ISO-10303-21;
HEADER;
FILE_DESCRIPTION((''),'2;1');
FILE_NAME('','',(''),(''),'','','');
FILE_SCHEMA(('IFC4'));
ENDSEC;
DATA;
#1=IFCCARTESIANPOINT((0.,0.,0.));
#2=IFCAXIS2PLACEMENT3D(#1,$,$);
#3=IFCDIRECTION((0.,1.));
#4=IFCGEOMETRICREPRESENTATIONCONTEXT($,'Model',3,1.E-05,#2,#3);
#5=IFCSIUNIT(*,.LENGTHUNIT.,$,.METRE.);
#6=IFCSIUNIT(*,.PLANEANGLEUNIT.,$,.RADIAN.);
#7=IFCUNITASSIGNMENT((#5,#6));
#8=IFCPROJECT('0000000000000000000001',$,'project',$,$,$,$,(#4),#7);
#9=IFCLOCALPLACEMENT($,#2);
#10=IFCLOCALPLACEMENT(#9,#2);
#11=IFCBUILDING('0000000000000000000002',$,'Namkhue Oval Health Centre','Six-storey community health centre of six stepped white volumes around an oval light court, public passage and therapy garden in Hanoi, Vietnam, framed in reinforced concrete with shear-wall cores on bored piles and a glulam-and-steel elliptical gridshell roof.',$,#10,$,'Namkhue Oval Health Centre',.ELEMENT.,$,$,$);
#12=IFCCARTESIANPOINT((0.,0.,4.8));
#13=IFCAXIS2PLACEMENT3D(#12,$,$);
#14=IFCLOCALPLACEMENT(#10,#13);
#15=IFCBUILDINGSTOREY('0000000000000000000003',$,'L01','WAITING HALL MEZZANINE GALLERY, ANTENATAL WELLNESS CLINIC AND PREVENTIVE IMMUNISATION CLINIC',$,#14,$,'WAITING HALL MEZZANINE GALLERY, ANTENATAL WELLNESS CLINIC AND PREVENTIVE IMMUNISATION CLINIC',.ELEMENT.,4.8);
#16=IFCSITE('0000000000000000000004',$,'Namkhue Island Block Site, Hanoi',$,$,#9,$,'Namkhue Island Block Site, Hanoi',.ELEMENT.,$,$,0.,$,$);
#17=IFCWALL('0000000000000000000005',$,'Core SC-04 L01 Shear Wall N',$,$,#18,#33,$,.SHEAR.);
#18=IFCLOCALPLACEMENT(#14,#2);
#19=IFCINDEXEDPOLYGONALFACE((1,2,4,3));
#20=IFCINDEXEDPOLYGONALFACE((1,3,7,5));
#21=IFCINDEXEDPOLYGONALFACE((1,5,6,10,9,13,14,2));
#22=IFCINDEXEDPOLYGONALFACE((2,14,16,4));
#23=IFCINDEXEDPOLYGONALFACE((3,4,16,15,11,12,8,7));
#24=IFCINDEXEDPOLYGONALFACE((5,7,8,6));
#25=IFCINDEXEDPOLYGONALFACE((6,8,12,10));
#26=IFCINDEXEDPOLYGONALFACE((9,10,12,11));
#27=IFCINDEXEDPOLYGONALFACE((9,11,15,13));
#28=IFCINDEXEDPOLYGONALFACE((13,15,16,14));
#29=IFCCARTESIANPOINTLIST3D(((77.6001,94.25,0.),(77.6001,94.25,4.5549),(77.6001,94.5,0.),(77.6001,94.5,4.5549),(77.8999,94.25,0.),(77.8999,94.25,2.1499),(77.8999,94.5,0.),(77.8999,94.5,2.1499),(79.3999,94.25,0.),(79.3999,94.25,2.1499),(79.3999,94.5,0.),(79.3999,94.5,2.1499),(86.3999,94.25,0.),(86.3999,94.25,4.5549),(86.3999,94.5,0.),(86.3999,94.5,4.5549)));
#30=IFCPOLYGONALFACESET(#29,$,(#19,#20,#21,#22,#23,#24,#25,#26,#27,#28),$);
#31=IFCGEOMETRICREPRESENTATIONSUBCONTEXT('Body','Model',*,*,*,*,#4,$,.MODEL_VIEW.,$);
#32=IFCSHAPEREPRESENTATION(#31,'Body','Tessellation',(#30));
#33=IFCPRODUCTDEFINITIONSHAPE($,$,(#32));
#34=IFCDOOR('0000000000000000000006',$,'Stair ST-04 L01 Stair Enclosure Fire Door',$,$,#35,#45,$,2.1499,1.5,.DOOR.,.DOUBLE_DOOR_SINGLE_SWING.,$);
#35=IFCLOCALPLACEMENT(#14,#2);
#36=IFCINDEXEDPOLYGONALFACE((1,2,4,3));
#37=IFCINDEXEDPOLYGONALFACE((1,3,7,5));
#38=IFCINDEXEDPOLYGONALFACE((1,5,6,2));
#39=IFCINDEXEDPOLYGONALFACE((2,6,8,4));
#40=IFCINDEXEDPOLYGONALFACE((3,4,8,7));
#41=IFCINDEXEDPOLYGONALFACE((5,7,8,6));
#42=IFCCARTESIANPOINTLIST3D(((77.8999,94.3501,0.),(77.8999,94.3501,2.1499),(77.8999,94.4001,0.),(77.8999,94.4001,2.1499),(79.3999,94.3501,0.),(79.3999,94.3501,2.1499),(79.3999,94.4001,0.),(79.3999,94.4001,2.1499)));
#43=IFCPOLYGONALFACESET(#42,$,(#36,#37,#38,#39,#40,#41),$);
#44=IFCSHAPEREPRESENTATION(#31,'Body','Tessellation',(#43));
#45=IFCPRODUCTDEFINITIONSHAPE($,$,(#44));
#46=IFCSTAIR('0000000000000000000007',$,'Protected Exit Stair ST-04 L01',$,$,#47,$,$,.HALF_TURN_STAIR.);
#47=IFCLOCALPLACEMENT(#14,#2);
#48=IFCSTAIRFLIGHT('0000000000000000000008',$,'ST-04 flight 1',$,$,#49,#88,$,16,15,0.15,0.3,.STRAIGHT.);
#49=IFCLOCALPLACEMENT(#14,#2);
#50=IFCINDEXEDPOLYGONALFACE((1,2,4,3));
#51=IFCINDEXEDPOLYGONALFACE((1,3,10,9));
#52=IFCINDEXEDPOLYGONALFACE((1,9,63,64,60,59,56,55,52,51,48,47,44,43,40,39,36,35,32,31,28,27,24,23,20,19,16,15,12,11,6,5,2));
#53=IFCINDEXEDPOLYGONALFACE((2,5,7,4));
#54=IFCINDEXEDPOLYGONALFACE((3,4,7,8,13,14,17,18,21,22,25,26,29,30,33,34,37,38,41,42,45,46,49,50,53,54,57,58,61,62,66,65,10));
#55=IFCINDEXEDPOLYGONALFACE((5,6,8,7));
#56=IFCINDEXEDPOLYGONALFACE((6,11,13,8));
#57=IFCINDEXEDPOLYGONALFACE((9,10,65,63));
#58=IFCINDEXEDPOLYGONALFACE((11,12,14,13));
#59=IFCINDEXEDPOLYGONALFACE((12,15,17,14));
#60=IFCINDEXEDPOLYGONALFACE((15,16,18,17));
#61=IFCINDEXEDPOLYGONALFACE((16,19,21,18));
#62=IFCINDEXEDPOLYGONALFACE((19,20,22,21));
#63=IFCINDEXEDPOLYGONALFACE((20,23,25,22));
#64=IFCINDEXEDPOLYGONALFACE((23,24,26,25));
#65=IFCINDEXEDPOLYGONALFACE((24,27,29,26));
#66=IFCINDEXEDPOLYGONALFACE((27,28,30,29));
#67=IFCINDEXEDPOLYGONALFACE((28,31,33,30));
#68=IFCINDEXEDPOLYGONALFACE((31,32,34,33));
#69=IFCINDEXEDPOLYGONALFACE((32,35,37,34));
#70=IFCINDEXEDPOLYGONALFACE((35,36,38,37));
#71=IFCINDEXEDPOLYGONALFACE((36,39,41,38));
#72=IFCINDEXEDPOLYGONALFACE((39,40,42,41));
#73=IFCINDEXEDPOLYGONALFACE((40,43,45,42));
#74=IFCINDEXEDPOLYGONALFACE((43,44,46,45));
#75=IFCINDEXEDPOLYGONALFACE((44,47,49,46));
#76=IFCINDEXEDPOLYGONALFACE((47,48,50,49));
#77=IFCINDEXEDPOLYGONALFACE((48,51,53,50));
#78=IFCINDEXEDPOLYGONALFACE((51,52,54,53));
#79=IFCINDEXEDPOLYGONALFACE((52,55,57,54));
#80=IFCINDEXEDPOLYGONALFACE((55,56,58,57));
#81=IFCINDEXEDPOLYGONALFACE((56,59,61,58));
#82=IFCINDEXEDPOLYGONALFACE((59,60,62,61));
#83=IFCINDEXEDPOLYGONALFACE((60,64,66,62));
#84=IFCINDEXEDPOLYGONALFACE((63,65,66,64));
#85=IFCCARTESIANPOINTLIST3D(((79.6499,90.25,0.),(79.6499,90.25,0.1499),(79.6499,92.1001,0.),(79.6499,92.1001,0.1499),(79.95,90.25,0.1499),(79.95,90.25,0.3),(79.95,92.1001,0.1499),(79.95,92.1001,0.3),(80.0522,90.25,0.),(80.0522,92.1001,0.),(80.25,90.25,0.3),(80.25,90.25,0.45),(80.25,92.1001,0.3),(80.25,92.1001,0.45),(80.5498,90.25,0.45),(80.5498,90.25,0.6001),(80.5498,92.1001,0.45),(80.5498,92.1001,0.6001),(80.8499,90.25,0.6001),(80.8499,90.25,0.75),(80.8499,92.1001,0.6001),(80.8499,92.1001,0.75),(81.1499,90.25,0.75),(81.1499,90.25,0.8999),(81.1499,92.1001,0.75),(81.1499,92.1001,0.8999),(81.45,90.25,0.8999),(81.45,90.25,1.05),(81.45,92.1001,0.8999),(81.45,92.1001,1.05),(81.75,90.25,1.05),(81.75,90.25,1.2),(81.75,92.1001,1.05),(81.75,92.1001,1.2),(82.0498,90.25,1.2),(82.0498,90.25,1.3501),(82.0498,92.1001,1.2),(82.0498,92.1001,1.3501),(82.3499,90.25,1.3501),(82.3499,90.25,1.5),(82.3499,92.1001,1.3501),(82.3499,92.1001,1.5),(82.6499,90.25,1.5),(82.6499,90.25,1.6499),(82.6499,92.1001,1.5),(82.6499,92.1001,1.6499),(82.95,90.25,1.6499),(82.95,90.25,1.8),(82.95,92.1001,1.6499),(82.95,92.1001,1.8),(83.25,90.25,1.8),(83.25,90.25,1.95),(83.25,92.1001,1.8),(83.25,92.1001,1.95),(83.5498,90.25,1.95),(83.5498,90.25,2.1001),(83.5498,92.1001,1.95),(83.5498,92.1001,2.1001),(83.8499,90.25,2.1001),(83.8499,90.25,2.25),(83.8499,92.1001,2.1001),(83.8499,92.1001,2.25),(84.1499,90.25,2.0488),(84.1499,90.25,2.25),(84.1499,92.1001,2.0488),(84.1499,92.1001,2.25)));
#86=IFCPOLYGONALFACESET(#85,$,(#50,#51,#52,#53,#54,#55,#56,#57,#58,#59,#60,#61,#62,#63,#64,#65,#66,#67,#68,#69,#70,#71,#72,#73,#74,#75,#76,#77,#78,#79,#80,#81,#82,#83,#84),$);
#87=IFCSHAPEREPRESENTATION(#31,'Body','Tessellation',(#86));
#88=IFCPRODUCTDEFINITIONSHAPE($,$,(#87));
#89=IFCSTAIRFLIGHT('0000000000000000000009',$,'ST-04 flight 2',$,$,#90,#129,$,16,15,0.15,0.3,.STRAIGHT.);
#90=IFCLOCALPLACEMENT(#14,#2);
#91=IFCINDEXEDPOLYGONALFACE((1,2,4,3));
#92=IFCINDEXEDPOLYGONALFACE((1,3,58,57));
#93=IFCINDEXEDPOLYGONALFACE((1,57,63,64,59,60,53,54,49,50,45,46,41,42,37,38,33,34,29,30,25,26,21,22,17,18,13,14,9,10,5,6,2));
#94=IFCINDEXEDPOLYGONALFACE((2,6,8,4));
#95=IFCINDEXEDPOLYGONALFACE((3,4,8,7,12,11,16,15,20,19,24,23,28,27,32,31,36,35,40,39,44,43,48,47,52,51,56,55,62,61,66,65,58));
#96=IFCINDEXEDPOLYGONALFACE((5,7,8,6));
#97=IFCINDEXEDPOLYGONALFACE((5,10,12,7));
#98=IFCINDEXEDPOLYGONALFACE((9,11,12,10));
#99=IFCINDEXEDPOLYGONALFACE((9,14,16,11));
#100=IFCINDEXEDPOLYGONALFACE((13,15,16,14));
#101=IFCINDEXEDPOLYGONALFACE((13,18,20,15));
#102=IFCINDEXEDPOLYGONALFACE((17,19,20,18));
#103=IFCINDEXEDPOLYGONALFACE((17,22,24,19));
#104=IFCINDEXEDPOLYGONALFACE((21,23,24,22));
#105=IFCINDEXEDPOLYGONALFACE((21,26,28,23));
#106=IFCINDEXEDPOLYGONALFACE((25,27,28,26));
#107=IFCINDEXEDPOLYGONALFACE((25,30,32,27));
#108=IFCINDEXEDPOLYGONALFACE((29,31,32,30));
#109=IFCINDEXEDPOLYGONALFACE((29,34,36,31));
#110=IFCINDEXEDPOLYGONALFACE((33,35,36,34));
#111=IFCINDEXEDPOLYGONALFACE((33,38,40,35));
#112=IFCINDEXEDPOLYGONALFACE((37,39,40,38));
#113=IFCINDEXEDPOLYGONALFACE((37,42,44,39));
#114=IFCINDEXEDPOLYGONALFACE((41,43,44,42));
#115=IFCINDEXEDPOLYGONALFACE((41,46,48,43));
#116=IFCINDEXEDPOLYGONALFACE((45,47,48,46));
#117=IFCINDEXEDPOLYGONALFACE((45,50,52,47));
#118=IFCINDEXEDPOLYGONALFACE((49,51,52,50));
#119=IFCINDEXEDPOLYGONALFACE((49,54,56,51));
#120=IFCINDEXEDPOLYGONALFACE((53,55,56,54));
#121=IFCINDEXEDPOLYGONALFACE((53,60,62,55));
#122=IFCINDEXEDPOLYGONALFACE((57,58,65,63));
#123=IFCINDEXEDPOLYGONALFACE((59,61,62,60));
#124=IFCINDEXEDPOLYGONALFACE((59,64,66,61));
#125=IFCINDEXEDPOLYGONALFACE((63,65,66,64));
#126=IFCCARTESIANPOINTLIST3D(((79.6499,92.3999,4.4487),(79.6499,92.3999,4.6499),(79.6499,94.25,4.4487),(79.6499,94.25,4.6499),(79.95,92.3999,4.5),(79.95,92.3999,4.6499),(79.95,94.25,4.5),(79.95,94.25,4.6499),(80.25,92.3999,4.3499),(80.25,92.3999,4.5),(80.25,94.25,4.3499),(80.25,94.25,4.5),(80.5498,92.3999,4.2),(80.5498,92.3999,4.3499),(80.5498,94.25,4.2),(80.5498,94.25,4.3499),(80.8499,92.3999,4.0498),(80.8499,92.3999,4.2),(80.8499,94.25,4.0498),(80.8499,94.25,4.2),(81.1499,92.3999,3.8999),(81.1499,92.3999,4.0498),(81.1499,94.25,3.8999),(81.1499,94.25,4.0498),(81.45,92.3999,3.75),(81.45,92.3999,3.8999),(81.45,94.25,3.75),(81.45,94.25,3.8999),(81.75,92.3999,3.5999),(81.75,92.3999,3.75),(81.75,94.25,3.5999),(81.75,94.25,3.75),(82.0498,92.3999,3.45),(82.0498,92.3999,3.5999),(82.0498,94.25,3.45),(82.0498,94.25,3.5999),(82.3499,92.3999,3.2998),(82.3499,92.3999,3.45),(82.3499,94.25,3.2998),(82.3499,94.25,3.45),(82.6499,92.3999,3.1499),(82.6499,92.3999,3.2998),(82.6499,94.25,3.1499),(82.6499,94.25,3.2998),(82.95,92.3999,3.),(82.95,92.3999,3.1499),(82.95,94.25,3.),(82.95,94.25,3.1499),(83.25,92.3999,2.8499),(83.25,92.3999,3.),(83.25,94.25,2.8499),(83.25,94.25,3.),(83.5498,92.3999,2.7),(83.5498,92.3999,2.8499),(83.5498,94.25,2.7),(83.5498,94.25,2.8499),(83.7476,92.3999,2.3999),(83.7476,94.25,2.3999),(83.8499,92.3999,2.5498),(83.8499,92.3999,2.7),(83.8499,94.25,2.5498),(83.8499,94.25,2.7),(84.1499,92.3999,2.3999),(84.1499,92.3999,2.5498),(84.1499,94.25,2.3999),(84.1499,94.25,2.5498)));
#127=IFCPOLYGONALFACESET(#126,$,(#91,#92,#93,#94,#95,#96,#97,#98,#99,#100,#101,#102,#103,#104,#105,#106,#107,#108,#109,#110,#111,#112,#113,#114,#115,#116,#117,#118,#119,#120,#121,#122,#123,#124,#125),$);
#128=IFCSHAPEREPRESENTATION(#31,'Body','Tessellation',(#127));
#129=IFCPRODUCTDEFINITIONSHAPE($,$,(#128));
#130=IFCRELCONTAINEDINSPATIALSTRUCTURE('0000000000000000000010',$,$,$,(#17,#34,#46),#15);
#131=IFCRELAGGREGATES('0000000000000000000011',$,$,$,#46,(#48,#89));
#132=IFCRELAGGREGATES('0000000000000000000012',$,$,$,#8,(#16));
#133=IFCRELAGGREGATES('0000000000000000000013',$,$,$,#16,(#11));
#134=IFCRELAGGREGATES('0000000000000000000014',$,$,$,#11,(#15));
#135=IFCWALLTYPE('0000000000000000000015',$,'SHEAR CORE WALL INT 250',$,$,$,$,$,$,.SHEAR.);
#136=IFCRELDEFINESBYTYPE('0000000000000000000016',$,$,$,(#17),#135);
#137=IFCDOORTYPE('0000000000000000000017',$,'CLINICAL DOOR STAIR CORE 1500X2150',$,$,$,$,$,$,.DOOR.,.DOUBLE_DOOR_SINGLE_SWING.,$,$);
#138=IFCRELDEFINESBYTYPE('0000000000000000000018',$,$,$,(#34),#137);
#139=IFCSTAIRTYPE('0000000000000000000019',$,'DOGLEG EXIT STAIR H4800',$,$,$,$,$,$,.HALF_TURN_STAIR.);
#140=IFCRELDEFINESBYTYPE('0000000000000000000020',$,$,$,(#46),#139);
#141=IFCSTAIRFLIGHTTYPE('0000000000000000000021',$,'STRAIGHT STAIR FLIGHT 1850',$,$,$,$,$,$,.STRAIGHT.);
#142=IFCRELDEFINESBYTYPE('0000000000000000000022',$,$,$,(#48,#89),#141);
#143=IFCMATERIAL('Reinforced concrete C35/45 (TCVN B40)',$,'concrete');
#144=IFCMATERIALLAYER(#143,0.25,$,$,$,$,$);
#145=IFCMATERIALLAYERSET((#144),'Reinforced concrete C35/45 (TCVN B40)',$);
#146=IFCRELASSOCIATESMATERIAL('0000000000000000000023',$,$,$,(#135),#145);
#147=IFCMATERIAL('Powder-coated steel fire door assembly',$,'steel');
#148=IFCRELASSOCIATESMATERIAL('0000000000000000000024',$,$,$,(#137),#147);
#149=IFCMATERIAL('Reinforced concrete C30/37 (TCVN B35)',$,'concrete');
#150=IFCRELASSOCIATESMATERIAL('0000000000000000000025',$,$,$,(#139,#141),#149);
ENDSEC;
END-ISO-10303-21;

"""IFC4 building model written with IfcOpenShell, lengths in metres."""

from ifc_helpers import new_model, si_unit, direction, frame, frame_2d, origin, place, context, subcontext, project, spatial, polyline, rectangle, outline, extrude, material, layer, layer_set, type_object, element, fill, aggregate, save


model = new_model("IFC4")

# Units and contexts
model_context = context("Model", 3, precision=1e-05, world=origin(), true_north=direction((0.0, 1.0)))
body_context = subcontext(model_context, "Body", "Model", "MODEL_VIEW")
ifc_project = project(units=[si_unit("LENGTHUNIT", "METRE"), si_unit("PLANEANGLEUNIT", "RADIAN")], contexts=[model_context])

# Site, building, storey
site_placement = place(None, origin())
site = spatial("IfcSite", under=ifc_project, at=site_placement, Name="Namkhue Island Block Site, Hanoi", LongName="Namkhue Island Block Site, Hanoi", CompositionType="ELEMENT", RefElevation=0.0)
building_placement = place(site_placement, origin())
building = spatial("IfcBuilding", under=site, at=building_placement, Name="Namkhue Oval Health Centre", Description="Six-storey community health centre of six stepped white volumes around an oval light court, public passage and therapy garden in Hanoi, Vietnam, framed in reinforced concrete with shear-wall cores on bored piles and a glulam-and-steel elliptical gridshell roof.", LongName="Namkhue Oval Health Centre", CompositionType="ELEMENT")
storey_placement = place(building_placement, frame((0.0, 0.0, 4.8)))
storey = spatial("IfcBuildingStorey", under=building, at=storey_placement, Name="L01", Description="WAITING HALL MEZZANINE GALLERY, ANTENATAL WELLNESS CLINIC AND PREVENTIVE IMMUNISATION CLINIC", LongName="WAITING HALL MEZZANINE GALLERY, ANTENATAL WELLNESS CLINIC AND PREVENTIVE IMMUNISATION CLINIC", CompositionType="ELEMENT", Elevation=4.8)

# Shared definitions
ifc_material_1 = material(Name="Reinforced concrete C35/45 (TCVN B40)", Category="concrete")

# Wall, opening, door
ifc_layer_1 = layer(ifc_material_1, 0.25)
ifc_layer_set_1 = layer_set([ifc_layer_1], Name="Reinforced concrete C35/45 (TCVN B40)")
wall_type_1 = type_object("IfcWallType", Name="SHEAR CORE WALL INT 250", PredefinedType="SHEAR", material=ifc_layer_set_1)
wall_1_placement = place(storey_placement, frame((86.3999, 94.375, 0.0), z_axis=(0.0, 0.0, 1.0), x_axis=(-1.0, 0.0, 0.0)))
wall_1 = element("IfcWall", 1, at=wall_1_placement, inside=storey, type_object=wall_type_1, Name="Core SC-04 L01 Shear Wall N", PredefinedType="SHEAR", context=body_context, shape_type="SweptSolid", body=[
    extrude(rectangle(XDim=8.7998, YDim=0.25, at=frame_2d((4.3999, 0.0))), origin(), (0.0, 0.0, 1.0), 4.5549),
])
opening_1_placement = place(wall_1_placement, frame((7.0, 0.0, 0.0)))
opening_1 = element("IfcOpeningElement", 2, at=opening_1_placement, cuts=wall_1, PredefinedType="OPENING", context=body_context, shape_type="SweptSolid", body=[
    extrude(rectangle(XDim=1.5, YDim=2.1499, at=frame_2d((0.75, 1.075))), frame((0.0, 0.135, 0.0), z_axis=(0.0, -1.0, 0.0), x_axis=(1.0, 0.0, 0.0)), (0.0, 0.0, 1.0), 0.27),
])
ifc_material_2 = material(Name="Powder-coated steel fire door assembly", Category="steel")
door_type = type_object("IfcDoorType", Name="CLINICAL DOOR STAIR CORE 1500X2150", OperationType="DOUBLE_DOOR_SINGLE_SWING", PredefinedType="DOOR", material=ifc_material_2)
door_placement = place(opening_1_placement, origin())
door = element("IfcDoor", 3, at=door_placement, inside=storey, type_object=door_type, Name="Stair ST-04 L01 Stair Enclosure Fire Door", OperationType="DOUBLE_DOOR_SINGLE_SWING", OverallHeight=2.1499, OverallWidth=1.5, PredefinedType="DOOR", context=body_context, shape_type="SweptSolid", body=[
    extrude(rectangle(XDim=1.5, YDim=2.1499, at=frame_2d((0.75, 1.075))), frame((0.0, 0.0249, 0.0), z_axis=(0.0, -1.0, 0.0), x_axis=(1.0, 0.0, 0.0)), (0.0, 0.0, 1.0), 0.05),
])
fill(opening_1, door)

# Stair, stair flights
ifc_material_3 = material(Name="Reinforced concrete C30/37 (TCVN B35)", Category="concrete")
stair_type = type_object("IfcStairType", Name="DOGLEG EXIT STAIR H4800", PredefinedType="HALF_TURN_STAIR", material=ifc_material_3)
stair_placement = place(storey_placement, origin())
stair = element("IfcStair", 4, at=stair_placement, inside=storey, type_object=stair_type, Name="Protected Exit Stair ST-04 L01", PredefinedType="HALF_TURN_STAIR")
stair_flight_type = type_object("IfcStairFlightType", Name="STRAIGHT STAIR FLIGHT 1850", PredefinedType="STRAIGHT", material=ifc_material_3)
stair_flight_1_placement = place(storey_placement, frame((79.6499, 91.175, 0.0), z_axis=(0.0, 0.0, 1.0), x_axis=(1.0, 0.0, 0.0)))
stair_flight_1 = element("IfcStairFlight", 5, at=stair_flight_1_placement, type_object=stair_flight_type, Name="ST-04 flight 1", NumberOfRisers=16, NumberOfTreads=15, PredefinedType="STRAIGHT", RiserHeight=0.15, TreadLength=0.3, context=body_context, shape_type="SweptSolid", body=[
    extrude(outline(polyline([(0.0, 0.0), (0.0, 0.1499), (0.3, 0.1499), (0.3, 0.3), (0.6001, 0.3), (0.6001, 0.45), (0.8999, 0.45), (0.8999, 0.6001), (1.2, 0.6001), (1.2, 0.75), (1.5, 0.75), (1.5, 0.8999), (1.8, 0.8999), (1.8, 1.05), (2.1001, 1.05), (2.1001, 1.2), (2.3999, 1.2), (2.3999, 1.3501), (2.7, 1.3501), (2.7, 1.5), (3.0, 1.5), (3.0, 1.6499), (3.3, 1.6499), (3.3, 1.8), (3.6001, 1.8), (3.6001, 1.95), (3.8999, 1.95), (3.8999, 2.1001), (4.2, 2.1001), (4.2, 2.25), (4.5, 2.25), (4.5, 2.3999), (4.5, 2.0488), (0.4023, 0.0), (0.0, 0.0)])), frame((0.0, 0.925, 0.0), z_axis=(0.0, -1.0, 0.0), x_axis=(1.0, 0.0, 0.0)), (0.0, 0.0, 1.0), 1.8501),
])
stair_flight_2_placement = place(storey_placement, frame((84.1499, 93.325, 2.3999), z_axis=(0.0, 0.0, 1.0), x_axis=(-1.0, 0.0, 0.0)))
stair_flight_2 = element("IfcStairFlight", 6, at=stair_flight_2_placement, type_object=stair_flight_type, Name="ST-04 flight 2", NumberOfRisers=16, NumberOfTreads=15, PredefinedType="STRAIGHT", RiserHeight=0.15, TreadLength=0.3, context=body_context, shape_type="SweptSolid", body=[
    extrude(outline(polyline([(0.0, 0.0), (0.0, 0.1499), (0.3, 0.1499), (0.3, 0.3), (0.6001, 0.3), (0.6001, 0.45), (0.8999, 0.45), (0.8999, 0.6001), (1.2, 0.6001), (1.2, 0.75), (1.5, 0.75), (1.5, 0.8999), (1.8, 0.8999), (1.8, 1.05), (2.1001, 1.05), (2.1001, 1.2), (2.3999, 1.2), (2.3999, 1.3501), (2.7, 1.3501), (2.7, 1.5), (3.0, 1.5), (3.0, 1.6499), (3.3, 1.6499), (3.3, 1.8), (3.6001, 1.8), (3.6001, 1.95), (3.8999, 1.95), (3.8999, 2.1001), (4.2, 2.1001), (4.2, 2.25), (4.5, 2.25), (4.5, 2.3999), (4.5, 2.0488), (0.4023, 0.0), (0.0, 0.0)])), frame((0.0, 0.925, 0.0), z_axis=(0.0, -1.0, 0.0), x_axis=(1.0, 0.0, 0.0)), (0.0, 0.0, 1.0), 1.8501),
])
aggregate(stair, [stair_flight_1, stair_flight_2])

save(model, "model.ifc")
